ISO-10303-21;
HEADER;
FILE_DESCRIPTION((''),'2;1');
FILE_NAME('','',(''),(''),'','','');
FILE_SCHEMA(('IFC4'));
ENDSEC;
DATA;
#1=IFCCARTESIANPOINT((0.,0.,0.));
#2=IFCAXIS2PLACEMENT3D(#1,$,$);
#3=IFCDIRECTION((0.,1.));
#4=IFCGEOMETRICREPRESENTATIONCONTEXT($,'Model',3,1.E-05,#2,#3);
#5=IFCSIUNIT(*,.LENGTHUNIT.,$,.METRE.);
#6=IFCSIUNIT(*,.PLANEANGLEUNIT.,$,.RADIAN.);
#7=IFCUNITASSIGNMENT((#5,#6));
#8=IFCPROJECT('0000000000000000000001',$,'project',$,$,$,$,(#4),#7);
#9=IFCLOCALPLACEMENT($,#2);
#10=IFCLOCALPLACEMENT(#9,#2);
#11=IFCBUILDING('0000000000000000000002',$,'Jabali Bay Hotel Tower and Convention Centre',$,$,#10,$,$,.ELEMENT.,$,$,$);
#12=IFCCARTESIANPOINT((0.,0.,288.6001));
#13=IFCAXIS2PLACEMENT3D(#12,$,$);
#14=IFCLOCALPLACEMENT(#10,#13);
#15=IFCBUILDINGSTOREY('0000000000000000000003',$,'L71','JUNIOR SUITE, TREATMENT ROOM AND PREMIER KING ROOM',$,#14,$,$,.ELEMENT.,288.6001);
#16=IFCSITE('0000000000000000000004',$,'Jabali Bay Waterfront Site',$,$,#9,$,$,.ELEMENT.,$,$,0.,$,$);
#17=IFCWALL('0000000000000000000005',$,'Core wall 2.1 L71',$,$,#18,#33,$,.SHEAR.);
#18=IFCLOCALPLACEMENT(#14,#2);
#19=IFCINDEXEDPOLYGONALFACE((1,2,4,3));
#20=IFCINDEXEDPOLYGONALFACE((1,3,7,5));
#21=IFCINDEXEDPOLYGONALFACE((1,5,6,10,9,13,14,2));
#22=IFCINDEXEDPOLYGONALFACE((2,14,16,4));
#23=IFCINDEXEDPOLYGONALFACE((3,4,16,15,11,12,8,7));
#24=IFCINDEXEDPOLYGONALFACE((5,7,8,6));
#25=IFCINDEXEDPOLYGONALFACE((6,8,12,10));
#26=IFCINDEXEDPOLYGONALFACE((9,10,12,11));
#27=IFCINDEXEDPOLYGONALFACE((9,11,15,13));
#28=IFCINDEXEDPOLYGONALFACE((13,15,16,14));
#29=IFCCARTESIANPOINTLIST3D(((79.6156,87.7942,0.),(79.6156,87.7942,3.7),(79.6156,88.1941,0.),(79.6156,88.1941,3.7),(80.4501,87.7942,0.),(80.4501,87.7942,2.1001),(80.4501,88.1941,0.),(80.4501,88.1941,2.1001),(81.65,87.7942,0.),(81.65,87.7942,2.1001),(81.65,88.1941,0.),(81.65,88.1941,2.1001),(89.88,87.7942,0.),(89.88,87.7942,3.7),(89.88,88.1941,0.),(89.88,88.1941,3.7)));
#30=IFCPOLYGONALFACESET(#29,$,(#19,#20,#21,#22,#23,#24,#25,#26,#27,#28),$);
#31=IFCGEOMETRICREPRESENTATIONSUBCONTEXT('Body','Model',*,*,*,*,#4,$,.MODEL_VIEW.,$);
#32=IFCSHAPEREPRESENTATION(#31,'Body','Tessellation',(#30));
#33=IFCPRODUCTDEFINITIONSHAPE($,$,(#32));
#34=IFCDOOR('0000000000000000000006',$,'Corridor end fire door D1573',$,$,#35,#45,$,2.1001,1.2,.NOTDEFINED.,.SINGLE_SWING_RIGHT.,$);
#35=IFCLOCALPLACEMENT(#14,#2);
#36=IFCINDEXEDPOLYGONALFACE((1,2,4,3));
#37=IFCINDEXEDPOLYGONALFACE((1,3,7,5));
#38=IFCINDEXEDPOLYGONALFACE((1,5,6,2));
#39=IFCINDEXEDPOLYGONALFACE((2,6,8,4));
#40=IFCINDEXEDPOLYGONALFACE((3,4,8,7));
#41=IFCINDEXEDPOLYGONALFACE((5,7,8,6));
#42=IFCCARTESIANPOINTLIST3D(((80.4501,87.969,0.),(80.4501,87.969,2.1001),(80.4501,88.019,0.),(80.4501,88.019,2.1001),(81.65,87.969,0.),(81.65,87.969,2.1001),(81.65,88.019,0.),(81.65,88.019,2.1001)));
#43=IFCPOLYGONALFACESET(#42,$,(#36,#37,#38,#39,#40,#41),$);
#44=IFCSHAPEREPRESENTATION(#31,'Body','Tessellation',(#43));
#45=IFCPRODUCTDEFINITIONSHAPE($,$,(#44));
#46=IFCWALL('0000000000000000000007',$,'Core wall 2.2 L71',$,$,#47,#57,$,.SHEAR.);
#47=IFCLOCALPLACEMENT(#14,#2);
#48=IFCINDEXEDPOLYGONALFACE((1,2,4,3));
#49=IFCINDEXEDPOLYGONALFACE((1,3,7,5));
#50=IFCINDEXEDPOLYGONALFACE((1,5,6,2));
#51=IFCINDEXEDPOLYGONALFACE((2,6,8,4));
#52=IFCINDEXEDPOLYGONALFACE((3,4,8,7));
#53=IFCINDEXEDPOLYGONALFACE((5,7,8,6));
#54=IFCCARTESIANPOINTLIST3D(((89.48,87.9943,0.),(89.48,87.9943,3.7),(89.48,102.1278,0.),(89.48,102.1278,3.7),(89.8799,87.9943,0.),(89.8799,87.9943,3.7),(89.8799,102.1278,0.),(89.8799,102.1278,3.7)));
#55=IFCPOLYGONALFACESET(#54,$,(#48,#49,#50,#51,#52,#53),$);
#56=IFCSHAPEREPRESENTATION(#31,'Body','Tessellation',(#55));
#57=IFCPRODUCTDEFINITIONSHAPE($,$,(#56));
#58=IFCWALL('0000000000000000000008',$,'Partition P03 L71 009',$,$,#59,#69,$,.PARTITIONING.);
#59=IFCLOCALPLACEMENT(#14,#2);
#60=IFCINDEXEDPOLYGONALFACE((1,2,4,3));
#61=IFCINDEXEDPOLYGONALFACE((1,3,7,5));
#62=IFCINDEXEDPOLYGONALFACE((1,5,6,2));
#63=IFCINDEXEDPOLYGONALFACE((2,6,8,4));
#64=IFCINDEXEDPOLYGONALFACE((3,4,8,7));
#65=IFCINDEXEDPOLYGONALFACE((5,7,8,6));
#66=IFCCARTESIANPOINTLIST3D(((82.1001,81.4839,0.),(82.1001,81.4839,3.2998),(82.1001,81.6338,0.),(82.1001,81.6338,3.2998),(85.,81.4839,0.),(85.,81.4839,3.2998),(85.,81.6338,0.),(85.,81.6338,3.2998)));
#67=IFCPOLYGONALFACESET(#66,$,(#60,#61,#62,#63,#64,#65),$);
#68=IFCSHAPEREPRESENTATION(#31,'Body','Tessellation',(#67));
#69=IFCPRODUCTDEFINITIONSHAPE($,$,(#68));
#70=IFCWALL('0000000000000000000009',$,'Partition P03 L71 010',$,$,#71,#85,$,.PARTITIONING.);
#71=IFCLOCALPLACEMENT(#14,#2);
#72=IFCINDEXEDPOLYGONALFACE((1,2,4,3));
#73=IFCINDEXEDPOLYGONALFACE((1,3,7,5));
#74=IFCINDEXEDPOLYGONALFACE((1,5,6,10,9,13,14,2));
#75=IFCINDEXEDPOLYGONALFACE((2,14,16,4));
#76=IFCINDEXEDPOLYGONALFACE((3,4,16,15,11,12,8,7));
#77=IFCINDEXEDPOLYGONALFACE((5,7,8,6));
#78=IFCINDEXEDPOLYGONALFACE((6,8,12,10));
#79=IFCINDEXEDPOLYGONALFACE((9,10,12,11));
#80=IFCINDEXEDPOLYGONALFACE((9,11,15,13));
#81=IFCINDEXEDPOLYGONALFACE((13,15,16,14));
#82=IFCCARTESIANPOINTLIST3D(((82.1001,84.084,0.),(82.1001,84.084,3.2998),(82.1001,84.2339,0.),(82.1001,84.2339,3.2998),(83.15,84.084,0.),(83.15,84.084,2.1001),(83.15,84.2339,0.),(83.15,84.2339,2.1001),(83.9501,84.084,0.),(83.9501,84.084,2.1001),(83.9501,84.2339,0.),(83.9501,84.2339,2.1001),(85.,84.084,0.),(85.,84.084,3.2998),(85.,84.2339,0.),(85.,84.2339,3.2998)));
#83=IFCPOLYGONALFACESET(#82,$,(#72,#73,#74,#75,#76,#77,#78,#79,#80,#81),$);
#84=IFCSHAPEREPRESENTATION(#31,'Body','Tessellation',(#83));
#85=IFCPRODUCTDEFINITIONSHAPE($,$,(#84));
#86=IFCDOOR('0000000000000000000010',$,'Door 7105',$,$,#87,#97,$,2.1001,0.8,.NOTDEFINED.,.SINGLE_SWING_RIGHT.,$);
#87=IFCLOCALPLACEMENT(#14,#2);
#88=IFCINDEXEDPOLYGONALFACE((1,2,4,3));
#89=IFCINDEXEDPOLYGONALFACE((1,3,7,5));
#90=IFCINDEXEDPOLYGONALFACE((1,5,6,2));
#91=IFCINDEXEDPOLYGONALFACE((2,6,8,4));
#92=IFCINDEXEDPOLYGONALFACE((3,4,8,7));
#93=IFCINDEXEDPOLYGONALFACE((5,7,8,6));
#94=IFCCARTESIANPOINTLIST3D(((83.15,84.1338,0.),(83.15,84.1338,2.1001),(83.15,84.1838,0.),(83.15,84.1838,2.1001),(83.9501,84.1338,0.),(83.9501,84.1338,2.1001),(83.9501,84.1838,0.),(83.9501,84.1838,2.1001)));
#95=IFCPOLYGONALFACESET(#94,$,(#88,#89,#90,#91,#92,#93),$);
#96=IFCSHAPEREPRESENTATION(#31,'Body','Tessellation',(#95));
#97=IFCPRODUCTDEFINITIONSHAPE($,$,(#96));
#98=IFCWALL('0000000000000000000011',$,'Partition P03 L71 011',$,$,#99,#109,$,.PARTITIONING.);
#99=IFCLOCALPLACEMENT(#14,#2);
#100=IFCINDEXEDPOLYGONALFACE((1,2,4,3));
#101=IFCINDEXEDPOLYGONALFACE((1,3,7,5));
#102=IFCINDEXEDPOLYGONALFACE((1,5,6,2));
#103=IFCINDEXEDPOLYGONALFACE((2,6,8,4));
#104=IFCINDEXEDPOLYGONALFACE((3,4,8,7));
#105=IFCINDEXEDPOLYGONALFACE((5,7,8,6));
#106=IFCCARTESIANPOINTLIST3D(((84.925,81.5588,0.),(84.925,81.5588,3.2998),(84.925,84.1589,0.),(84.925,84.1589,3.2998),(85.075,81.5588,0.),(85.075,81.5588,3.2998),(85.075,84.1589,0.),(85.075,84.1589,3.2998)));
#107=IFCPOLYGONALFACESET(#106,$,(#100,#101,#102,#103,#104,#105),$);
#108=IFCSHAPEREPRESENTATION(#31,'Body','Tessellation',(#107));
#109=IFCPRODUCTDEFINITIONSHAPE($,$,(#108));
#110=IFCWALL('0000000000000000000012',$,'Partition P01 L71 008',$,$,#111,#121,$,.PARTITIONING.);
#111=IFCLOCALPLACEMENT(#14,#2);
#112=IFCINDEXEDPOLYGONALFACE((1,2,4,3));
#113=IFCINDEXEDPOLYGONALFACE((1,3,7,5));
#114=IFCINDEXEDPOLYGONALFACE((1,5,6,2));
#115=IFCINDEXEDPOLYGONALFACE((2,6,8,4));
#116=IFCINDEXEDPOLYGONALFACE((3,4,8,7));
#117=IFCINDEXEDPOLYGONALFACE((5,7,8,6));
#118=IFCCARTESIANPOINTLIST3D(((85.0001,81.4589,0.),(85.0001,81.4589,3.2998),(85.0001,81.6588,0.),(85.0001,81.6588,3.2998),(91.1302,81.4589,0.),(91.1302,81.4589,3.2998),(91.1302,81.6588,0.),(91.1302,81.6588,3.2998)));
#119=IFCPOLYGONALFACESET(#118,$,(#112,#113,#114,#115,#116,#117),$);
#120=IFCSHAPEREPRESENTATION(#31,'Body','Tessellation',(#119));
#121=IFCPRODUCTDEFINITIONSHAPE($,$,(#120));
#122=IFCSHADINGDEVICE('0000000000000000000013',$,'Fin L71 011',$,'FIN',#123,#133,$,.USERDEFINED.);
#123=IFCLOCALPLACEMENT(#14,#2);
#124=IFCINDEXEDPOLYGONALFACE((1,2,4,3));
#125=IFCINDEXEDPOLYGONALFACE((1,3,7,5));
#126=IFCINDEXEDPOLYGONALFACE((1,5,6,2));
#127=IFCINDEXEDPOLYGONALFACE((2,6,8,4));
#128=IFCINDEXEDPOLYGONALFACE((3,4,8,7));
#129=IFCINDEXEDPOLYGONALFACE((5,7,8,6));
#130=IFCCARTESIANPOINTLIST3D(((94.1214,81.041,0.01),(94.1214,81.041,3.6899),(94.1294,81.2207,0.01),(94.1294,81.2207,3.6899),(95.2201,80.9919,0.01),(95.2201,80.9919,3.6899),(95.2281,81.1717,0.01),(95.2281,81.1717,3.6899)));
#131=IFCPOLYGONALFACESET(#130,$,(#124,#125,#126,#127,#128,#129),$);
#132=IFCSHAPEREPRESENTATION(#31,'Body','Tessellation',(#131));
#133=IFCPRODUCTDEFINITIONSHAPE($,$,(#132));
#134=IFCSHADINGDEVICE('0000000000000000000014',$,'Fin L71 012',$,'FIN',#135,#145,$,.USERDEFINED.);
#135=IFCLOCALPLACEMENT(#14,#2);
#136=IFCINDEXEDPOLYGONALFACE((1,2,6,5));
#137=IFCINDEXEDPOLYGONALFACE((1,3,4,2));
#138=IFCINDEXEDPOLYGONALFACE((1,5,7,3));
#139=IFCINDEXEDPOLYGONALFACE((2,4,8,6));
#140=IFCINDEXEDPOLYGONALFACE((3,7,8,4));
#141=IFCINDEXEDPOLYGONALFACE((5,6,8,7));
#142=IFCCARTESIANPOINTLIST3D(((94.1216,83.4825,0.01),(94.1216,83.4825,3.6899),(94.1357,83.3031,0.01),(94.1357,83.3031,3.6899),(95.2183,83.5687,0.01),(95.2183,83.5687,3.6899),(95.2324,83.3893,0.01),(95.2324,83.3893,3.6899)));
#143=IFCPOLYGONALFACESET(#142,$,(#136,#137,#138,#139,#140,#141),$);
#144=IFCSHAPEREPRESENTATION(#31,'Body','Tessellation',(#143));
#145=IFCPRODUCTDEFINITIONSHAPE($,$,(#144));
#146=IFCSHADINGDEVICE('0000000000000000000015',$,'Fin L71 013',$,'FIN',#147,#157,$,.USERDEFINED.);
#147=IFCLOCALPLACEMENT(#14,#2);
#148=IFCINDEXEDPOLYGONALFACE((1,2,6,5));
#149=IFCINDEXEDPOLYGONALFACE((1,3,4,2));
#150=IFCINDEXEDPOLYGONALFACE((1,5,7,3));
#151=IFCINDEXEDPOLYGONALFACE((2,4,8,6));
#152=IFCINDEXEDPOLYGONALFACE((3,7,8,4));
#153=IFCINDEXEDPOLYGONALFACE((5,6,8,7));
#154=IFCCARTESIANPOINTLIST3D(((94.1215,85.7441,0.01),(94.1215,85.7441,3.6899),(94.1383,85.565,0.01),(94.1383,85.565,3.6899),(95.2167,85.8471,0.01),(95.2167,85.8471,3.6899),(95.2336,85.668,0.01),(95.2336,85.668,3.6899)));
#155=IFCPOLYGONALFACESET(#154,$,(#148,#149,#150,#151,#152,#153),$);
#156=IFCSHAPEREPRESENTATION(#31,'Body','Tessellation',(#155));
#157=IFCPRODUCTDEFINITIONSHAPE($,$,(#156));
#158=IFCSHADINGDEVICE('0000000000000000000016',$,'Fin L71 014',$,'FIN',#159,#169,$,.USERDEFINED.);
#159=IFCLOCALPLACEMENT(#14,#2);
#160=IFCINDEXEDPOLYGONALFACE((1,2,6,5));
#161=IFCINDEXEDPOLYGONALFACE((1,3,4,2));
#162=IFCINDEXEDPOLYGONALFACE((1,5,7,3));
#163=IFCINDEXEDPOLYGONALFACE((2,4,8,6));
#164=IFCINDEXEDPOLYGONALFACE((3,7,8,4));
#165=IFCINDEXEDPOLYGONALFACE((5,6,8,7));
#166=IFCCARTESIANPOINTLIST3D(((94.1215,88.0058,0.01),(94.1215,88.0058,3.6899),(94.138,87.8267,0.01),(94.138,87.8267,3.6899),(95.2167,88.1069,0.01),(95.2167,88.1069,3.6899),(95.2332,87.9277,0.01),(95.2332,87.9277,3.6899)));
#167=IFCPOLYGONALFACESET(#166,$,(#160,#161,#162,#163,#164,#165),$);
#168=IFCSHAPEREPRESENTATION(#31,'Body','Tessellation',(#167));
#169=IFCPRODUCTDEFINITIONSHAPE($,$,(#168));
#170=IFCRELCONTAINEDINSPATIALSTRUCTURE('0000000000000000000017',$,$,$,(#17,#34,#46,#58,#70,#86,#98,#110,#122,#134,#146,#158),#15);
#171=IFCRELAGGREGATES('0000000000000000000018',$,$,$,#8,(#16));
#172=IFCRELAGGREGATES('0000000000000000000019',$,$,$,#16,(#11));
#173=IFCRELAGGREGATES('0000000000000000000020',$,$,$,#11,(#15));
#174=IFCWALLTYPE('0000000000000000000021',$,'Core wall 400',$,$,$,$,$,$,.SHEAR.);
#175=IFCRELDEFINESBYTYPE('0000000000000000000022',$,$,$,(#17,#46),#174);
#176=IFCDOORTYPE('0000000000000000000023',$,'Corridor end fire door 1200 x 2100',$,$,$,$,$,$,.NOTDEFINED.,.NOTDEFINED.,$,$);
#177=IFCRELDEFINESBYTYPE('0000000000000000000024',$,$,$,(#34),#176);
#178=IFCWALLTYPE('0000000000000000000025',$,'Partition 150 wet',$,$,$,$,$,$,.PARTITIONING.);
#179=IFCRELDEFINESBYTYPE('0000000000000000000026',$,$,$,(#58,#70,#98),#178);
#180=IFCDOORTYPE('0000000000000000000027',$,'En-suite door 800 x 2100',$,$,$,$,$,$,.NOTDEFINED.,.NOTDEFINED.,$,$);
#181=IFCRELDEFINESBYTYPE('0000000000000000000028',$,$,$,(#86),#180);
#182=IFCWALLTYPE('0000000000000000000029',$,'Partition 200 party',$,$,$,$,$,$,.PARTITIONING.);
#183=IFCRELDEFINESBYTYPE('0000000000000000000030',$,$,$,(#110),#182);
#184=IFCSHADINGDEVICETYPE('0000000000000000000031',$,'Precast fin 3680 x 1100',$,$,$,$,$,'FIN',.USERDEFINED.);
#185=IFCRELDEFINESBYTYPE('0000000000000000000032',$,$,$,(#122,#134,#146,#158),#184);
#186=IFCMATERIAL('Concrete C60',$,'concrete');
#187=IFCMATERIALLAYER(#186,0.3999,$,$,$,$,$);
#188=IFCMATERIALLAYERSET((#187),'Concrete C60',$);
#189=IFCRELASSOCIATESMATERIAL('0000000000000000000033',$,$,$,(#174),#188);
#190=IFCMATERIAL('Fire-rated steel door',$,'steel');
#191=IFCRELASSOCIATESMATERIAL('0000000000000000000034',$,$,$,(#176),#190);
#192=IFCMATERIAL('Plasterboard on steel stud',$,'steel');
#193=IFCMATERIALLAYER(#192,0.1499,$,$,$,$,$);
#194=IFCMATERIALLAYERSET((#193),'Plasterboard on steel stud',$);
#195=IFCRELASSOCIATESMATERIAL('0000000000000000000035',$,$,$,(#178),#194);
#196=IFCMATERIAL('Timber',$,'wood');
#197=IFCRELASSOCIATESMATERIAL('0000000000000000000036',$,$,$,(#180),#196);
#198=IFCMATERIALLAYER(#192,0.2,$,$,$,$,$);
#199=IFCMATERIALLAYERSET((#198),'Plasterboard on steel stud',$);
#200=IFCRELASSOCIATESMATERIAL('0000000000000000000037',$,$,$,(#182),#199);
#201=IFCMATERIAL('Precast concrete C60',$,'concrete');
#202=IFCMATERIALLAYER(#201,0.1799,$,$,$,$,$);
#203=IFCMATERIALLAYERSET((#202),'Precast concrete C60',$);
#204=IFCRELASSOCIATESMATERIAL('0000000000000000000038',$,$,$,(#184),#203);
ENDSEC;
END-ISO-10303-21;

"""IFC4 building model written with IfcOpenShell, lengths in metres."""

from ifc_helpers import new_model, si_unit, direction, frame, frame_2d, origin, place, context, subcontext, project, spatial, rectangle, extrude, material, layer, layer_set, type_object, element, fill, save


model = new_model("IFC4")

# Units and contexts
model_context = context("Model", 3, precision=1e-05, world=origin(), true_north=direction((0.0, 1.0)))
body_context = subcontext(model_context, "Body", "Model", "MODEL_VIEW")
ifc_project = project(units=[si_unit("LENGTHUNIT", "METRE"), si_unit("PLANEANGLEUNIT", "RADIAN")], contexts=[model_context])

# Site, building, storey
site_placement = place(None, origin())
site = spatial("IfcSite", under=ifc_project, at=site_placement, Name="Jabali Bay Waterfront Site", CompositionType="ELEMENT", RefElevation=0.0)
building_placement = place(site_placement, origin())
building = spatial("IfcBuilding", under=site, at=building_placement, Name="Jabali Bay Hotel Tower and Convention Centre", CompositionType="ELEMENT")
storey_placement = place(building_placement, frame((0.0, 0.0, 288.6001)))
storey = spatial("IfcBuildingStorey", under=building, at=storey_placement, Name="L71", Description="JUNIOR SUITE, TREATMENT ROOM AND PREMIER KING ROOM", CompositionType="ELEMENT", Elevation=288.6001)

# Shared definitions
ifc_material_1 = material(Name="Concrete C60", Category="concrete")

# Shared definitions
ifc_material_2 = material(Name="Fire-rated steel door", Category="steel")

# Wall, opening, door
ifc_layer_1 = layer(ifc_material_1, 0.3999)
ifc_layer_set_1 = layer_set([ifc_layer_1], Name="Concrete C60")
wall_type_1 = type_object("IfcWallType", Name="Core wall 400", PredefinedType="SHEAR", material=ifc_layer_set_1)
wall_1_placement = place(storey_placement, frame((79.6155, 87.9941, 0.0), z_axis=(0.0, 0.0, 1.0), x_axis=(1.0, 0.0, 0.0)))
wall_1 = element("IfcWall", 1, at=wall_1_placement, inside=storey, type_object=wall_type_1, Name="Core wall 2.1 L71", PredefinedType="SHEAR", context=body_context, shape_type="SweptSolid", body=[
    extrude(rectangle(XDim=10.2644, YDim=0.3999, at=frame_2d((5.1323, 0.0))), origin(), (0.0, 0.0, 1.0), 3.7),
])
opening_1_placement = place(wall_1_placement, frame((0.8345, 0.0, 0.0)))
opening_1 = element("IfcOpeningElement", 2, at=opening_1_placement, cuts=wall_1, PredefinedType="OPENING", context=body_context, shape_type="SweptSolid", body=[
    extrude(rectangle(XDim=1.2, YDim=2.1001, at=frame_2d((0.6001, 1.05))), frame((0.0, 0.2104, 0.0), z_axis=(0.0, -1.0, 0.0), x_axis=(1.0, 0.0, 0.0)), (0.0, 0.0, 1.0), 0.4209),
])
door_type_1 = type_object("IfcDoorType", Name="Corridor end fire door 1200 x 2100", OperationType="NOTDEFINED", PredefinedType="NOTDEFINED", material=ifc_material_2)
door_1_placement = place(opening_1_placement, origin())
door_1 = element("IfcDoor", 3, at=door_1_placement, inside=storey, type_object=door_type_1, Name="Corridor end fire door D1573", OperationType="SINGLE_SWING_RIGHT", OverallHeight=2.1001, OverallWidth=1.2, PredefinedType="NOTDEFINED", context=body_context, shape_type="SweptSolid", body=[
    extrude(rectangle(XDim=1.2, YDim=2.1001, at=frame_2d((0.6001, 1.05))), frame((0.0, 0.0249, 0.0), z_axis=(0.0, -1.0, 0.0), x_axis=(1.0, 0.0, 0.0)), (0.0, 0.0, 1.0), 0.05),
])
fill(opening_1, door_1)

# Walls
wall_2_placement = place(storey_placement, frame((89.6799, 87.9941, 0.0), z_axis=(0.0, 0.0, 1.0), x_axis=(0.0, 1.0, 0.0)))
element("IfcWall", 4, at=wall_2_placement, inside=storey, type_object=wall_type_1, Name="Core wall 2.2 L71", PredefinedType="SHEAR", context=body_context, shape_type="SweptSolid", body=[
    extrude(rectangle(XDim=14.1335, YDim=0.3999, at=frame_2d((7.0669, 0.0))), origin(), (0.0, 0.0, 1.0), 3.7),
])
ifc_material_3 = material(Name="Plasterboard on steel stud", Category="steel")
ifc_layer_2 = layer(ifc_material_3, 0.1499)
ifc_layer_set_2 = layer_set([ifc_layer_2], Name="Plasterboard on steel stud")
wall_type_2 = type_object("IfcWallType", Name="Partition 150 wet", PredefinedType="PARTITIONING", material=ifc_layer_set_2)
wall_3_placement = place(storey_placement, frame((85.0, 81.5588, 0.0), z_axis=(0.0, 0.0, 1.0), x_axis=(-1.0, 0.0, 0.0)))
element("IfcWall", 5, at=wall_3_placement, inside=storey, type_object=wall_type_2, Name="Partition P03 L71 009", PredefinedType="PARTITIONING", context=body_context, shape_type="SweptSolid", body=[
    extrude(rectangle(XDim=2.8999, YDim=0.1499, at=frame_2d((1.45, 0.0))), origin(), (0.0, 0.0, 1.0), 3.2998),
])

# Wall, opening, door
wall_4_placement = place(storey_placement, frame((82.1001, 84.1589, 0.0), z_axis=(0.0, 0.0, 1.0), x_axis=(1.0, 0.0, 0.0)))
wall_4 = element("IfcWall", 6, at=wall_4_placement, inside=storey, type_object=wall_type_2, Name="Partition P03 L71 010", PredefinedType="PARTITIONING", context=body_context, shape_type="SweptSolid", body=[
    extrude(rectangle(XDim=2.8999, YDim=0.1499, at=frame_2d((1.45, 0.0))), origin(), (0.0, 0.0, 1.0), 3.2998),
])
opening_2_placement = place(wall_4_placement, frame((1.05, 0.0, 0.0)))
opening_2 = element("IfcOpeningElement", 7, at=opening_2_placement, cuts=wall_4, PredefinedType="OPENING", context=body_context, shape_type="SweptSolid", body=[
    extrude(rectangle(XDim=0.8, YDim=2.1001, at=frame_2d((0.3999, 1.05))), frame((0.0, 0.0854, 0.0), z_axis=(0.0, -1.0, 0.0), x_axis=(1.0, 0.0, 0.0)), (0.0, 0.0, 1.0), 0.1709),
])
ifc_material_4 = material(Name="Timber", Category="wood")
door_type_2 = type_object("IfcDoorType", Name="En-suite door 800 x 2100", OperationType="NOTDEFINED", PredefinedType="NOTDEFINED", material=ifc_material_4)
door_2_placement = place(opening_2_placement, origin())
door_2 = element("IfcDoor", 8, at=door_2_placement, inside=storey, type_object=door_type_2, Name="Door 7105", OperationType="SINGLE_SWING_RIGHT", OverallHeight=2.1001, OverallWidth=0.8, PredefinedType="NOTDEFINED", context=body_context, shape_type="SweptSolid", body=[
    extrude(rectangle(XDim=0.8, YDim=2.1001, at=frame_2d((0.3999, 1.05))), frame((0.0, 0.0249, 0.0), z_axis=(0.0, -1.0, 0.0), x_axis=(1.0, 0.0, 0.0)), (0.0, 0.0, 1.0), 0.05),
])
fill(opening_2, door_2)

# Walls
wall_5_placement = place(storey_placement, frame((85.0, 84.1589, 0.0), z_axis=(0.0, 0.0, 1.0), x_axis=(0.0, -1.0, 0.0)))
element("IfcWall", 9, at=wall_5_placement, inside=storey, type_object=wall_type_2, Name="Partition P03 L71 011", PredefinedType="PARTITIONING", context=body_context, shape_type="SweptSolid", body=[
    extrude(rectangle(XDim=2.6001, YDim=0.1499, at=frame_2d((1.3, 0.0))), origin(), (0.0, 0.0, 1.0), 3.2998),
])
ifc_layer_3 = layer(ifc_material_3, 0.2)
ifc_layer_set_3 = layer_set([ifc_layer_3], Name="Plasterboard on steel stud")
wall_type_3 = type_object("IfcWallType", Name="Partition 200 party", PredefinedType="PARTITIONING", material=ifc_layer_set_3)
wall_6_placement = place(storey_placement, frame((91.1301, 81.5588, 0.0), z_axis=(0.0, 0.0, 1.0), x_axis=(-1.0, 0.0, 0.0)))
element("IfcWall", 10, at=wall_6_placement, inside=storey, type_object=wall_type_3, Name="Partition P01 L71 008", PredefinedType="PARTITIONING", context=body_context, shape_type="SweptSolid", body=[
    extrude(rectangle(XDim=6.1301, YDim=0.2, at=frame_2d((3.0649, 0.0))), origin(), (0.0, 0.0, 1.0), 3.2998),
])

# Shading devices
ifc_material_5 = material(Name="Precast concrete C60", Category="concrete")
ifc_layer_4 = layer(ifc_material_5, 0.1799)
ifc_layer_set_4 = layer_set([ifc_layer_4], Name="Precast concrete C60")
shading_device_type = type_object("IfcShadingDeviceType", Name="Precast fin 3680 x 1100", ElementType="FIN", PredefinedType="USERDEFINED", material=ifc_layer_set_4)
shading_device_1_placement = place(storey_placement, frame((94.1255, 81.1309, 0.01), z_axis=(0.0, 0.0, 1.0), x_axis=(0.999004, -0.044612, 0.0)))
element("IfcShadingDevice", 11, at=shading_device_1_placement, inside=storey, type_object=shading_device_type, Name="Fin L71 011", ObjectType="FIN", PredefinedType="USERDEFINED", context=body_context, shape_type="SweptSolid", body=[
    extrude(rectangle(XDim=1.0999, YDim=0.1799, at=frame_2d((0.5498, 0.0))), origin(), (0.0, 0.0, 1.0), 3.6799),
])
for number, where, z_axis, x_axis, name in (
    (12, (94.1287, 83.3928, 0.01), (0.0, 0.0, 1.0), (0.996926, 0.078343, 0.0), "Fin L71 012"),
    (13, (94.1299, 85.6545, 0.01), (0.0, 0.0, 1.0), (0.995605, 0.093657, 0.0), "Fin L71 013"),
):
    element("IfcShadingDevice", number, at=place(storey_placement, frame(where, z_axis=z_axis, x_axis=x_axis)), inside=storey, type_object=shading_device_type, Name=name, ObjectType="FIN", PredefinedType="USERDEFINED", context=body_context, shape_type="SweptSolid", body=[
        extrude(rectangle(XDim=1.1001, YDim=0.1799, at=frame_2d((0.55, 0.0))), origin(), (0.0, 0.0, 1.0), 3.6799),
    ])
shading_device_2_placement = place(storey_placement, frame((94.1299, 87.9163, 0.01), z_axis=(0.0, 0.0, 1.0), x_axis=(0.995769, 0.091897, 0.0)))
element("IfcShadingDevice", 14, at=shading_device_2_placement, inside=storey, type_object=shading_device_type, Name="Fin L71 014", ObjectType="FIN", PredefinedType="USERDEFINED", context=body_context, shape_type="SweptSolid", body=[
    extrude(rectangle(XDim=1.0999, YDim=0.1799, at=frame_2d((0.5498, 0.0))), origin(), (0.0, 0.0, 1.0), 3.6799),
])

save(model, "model.ifc")
